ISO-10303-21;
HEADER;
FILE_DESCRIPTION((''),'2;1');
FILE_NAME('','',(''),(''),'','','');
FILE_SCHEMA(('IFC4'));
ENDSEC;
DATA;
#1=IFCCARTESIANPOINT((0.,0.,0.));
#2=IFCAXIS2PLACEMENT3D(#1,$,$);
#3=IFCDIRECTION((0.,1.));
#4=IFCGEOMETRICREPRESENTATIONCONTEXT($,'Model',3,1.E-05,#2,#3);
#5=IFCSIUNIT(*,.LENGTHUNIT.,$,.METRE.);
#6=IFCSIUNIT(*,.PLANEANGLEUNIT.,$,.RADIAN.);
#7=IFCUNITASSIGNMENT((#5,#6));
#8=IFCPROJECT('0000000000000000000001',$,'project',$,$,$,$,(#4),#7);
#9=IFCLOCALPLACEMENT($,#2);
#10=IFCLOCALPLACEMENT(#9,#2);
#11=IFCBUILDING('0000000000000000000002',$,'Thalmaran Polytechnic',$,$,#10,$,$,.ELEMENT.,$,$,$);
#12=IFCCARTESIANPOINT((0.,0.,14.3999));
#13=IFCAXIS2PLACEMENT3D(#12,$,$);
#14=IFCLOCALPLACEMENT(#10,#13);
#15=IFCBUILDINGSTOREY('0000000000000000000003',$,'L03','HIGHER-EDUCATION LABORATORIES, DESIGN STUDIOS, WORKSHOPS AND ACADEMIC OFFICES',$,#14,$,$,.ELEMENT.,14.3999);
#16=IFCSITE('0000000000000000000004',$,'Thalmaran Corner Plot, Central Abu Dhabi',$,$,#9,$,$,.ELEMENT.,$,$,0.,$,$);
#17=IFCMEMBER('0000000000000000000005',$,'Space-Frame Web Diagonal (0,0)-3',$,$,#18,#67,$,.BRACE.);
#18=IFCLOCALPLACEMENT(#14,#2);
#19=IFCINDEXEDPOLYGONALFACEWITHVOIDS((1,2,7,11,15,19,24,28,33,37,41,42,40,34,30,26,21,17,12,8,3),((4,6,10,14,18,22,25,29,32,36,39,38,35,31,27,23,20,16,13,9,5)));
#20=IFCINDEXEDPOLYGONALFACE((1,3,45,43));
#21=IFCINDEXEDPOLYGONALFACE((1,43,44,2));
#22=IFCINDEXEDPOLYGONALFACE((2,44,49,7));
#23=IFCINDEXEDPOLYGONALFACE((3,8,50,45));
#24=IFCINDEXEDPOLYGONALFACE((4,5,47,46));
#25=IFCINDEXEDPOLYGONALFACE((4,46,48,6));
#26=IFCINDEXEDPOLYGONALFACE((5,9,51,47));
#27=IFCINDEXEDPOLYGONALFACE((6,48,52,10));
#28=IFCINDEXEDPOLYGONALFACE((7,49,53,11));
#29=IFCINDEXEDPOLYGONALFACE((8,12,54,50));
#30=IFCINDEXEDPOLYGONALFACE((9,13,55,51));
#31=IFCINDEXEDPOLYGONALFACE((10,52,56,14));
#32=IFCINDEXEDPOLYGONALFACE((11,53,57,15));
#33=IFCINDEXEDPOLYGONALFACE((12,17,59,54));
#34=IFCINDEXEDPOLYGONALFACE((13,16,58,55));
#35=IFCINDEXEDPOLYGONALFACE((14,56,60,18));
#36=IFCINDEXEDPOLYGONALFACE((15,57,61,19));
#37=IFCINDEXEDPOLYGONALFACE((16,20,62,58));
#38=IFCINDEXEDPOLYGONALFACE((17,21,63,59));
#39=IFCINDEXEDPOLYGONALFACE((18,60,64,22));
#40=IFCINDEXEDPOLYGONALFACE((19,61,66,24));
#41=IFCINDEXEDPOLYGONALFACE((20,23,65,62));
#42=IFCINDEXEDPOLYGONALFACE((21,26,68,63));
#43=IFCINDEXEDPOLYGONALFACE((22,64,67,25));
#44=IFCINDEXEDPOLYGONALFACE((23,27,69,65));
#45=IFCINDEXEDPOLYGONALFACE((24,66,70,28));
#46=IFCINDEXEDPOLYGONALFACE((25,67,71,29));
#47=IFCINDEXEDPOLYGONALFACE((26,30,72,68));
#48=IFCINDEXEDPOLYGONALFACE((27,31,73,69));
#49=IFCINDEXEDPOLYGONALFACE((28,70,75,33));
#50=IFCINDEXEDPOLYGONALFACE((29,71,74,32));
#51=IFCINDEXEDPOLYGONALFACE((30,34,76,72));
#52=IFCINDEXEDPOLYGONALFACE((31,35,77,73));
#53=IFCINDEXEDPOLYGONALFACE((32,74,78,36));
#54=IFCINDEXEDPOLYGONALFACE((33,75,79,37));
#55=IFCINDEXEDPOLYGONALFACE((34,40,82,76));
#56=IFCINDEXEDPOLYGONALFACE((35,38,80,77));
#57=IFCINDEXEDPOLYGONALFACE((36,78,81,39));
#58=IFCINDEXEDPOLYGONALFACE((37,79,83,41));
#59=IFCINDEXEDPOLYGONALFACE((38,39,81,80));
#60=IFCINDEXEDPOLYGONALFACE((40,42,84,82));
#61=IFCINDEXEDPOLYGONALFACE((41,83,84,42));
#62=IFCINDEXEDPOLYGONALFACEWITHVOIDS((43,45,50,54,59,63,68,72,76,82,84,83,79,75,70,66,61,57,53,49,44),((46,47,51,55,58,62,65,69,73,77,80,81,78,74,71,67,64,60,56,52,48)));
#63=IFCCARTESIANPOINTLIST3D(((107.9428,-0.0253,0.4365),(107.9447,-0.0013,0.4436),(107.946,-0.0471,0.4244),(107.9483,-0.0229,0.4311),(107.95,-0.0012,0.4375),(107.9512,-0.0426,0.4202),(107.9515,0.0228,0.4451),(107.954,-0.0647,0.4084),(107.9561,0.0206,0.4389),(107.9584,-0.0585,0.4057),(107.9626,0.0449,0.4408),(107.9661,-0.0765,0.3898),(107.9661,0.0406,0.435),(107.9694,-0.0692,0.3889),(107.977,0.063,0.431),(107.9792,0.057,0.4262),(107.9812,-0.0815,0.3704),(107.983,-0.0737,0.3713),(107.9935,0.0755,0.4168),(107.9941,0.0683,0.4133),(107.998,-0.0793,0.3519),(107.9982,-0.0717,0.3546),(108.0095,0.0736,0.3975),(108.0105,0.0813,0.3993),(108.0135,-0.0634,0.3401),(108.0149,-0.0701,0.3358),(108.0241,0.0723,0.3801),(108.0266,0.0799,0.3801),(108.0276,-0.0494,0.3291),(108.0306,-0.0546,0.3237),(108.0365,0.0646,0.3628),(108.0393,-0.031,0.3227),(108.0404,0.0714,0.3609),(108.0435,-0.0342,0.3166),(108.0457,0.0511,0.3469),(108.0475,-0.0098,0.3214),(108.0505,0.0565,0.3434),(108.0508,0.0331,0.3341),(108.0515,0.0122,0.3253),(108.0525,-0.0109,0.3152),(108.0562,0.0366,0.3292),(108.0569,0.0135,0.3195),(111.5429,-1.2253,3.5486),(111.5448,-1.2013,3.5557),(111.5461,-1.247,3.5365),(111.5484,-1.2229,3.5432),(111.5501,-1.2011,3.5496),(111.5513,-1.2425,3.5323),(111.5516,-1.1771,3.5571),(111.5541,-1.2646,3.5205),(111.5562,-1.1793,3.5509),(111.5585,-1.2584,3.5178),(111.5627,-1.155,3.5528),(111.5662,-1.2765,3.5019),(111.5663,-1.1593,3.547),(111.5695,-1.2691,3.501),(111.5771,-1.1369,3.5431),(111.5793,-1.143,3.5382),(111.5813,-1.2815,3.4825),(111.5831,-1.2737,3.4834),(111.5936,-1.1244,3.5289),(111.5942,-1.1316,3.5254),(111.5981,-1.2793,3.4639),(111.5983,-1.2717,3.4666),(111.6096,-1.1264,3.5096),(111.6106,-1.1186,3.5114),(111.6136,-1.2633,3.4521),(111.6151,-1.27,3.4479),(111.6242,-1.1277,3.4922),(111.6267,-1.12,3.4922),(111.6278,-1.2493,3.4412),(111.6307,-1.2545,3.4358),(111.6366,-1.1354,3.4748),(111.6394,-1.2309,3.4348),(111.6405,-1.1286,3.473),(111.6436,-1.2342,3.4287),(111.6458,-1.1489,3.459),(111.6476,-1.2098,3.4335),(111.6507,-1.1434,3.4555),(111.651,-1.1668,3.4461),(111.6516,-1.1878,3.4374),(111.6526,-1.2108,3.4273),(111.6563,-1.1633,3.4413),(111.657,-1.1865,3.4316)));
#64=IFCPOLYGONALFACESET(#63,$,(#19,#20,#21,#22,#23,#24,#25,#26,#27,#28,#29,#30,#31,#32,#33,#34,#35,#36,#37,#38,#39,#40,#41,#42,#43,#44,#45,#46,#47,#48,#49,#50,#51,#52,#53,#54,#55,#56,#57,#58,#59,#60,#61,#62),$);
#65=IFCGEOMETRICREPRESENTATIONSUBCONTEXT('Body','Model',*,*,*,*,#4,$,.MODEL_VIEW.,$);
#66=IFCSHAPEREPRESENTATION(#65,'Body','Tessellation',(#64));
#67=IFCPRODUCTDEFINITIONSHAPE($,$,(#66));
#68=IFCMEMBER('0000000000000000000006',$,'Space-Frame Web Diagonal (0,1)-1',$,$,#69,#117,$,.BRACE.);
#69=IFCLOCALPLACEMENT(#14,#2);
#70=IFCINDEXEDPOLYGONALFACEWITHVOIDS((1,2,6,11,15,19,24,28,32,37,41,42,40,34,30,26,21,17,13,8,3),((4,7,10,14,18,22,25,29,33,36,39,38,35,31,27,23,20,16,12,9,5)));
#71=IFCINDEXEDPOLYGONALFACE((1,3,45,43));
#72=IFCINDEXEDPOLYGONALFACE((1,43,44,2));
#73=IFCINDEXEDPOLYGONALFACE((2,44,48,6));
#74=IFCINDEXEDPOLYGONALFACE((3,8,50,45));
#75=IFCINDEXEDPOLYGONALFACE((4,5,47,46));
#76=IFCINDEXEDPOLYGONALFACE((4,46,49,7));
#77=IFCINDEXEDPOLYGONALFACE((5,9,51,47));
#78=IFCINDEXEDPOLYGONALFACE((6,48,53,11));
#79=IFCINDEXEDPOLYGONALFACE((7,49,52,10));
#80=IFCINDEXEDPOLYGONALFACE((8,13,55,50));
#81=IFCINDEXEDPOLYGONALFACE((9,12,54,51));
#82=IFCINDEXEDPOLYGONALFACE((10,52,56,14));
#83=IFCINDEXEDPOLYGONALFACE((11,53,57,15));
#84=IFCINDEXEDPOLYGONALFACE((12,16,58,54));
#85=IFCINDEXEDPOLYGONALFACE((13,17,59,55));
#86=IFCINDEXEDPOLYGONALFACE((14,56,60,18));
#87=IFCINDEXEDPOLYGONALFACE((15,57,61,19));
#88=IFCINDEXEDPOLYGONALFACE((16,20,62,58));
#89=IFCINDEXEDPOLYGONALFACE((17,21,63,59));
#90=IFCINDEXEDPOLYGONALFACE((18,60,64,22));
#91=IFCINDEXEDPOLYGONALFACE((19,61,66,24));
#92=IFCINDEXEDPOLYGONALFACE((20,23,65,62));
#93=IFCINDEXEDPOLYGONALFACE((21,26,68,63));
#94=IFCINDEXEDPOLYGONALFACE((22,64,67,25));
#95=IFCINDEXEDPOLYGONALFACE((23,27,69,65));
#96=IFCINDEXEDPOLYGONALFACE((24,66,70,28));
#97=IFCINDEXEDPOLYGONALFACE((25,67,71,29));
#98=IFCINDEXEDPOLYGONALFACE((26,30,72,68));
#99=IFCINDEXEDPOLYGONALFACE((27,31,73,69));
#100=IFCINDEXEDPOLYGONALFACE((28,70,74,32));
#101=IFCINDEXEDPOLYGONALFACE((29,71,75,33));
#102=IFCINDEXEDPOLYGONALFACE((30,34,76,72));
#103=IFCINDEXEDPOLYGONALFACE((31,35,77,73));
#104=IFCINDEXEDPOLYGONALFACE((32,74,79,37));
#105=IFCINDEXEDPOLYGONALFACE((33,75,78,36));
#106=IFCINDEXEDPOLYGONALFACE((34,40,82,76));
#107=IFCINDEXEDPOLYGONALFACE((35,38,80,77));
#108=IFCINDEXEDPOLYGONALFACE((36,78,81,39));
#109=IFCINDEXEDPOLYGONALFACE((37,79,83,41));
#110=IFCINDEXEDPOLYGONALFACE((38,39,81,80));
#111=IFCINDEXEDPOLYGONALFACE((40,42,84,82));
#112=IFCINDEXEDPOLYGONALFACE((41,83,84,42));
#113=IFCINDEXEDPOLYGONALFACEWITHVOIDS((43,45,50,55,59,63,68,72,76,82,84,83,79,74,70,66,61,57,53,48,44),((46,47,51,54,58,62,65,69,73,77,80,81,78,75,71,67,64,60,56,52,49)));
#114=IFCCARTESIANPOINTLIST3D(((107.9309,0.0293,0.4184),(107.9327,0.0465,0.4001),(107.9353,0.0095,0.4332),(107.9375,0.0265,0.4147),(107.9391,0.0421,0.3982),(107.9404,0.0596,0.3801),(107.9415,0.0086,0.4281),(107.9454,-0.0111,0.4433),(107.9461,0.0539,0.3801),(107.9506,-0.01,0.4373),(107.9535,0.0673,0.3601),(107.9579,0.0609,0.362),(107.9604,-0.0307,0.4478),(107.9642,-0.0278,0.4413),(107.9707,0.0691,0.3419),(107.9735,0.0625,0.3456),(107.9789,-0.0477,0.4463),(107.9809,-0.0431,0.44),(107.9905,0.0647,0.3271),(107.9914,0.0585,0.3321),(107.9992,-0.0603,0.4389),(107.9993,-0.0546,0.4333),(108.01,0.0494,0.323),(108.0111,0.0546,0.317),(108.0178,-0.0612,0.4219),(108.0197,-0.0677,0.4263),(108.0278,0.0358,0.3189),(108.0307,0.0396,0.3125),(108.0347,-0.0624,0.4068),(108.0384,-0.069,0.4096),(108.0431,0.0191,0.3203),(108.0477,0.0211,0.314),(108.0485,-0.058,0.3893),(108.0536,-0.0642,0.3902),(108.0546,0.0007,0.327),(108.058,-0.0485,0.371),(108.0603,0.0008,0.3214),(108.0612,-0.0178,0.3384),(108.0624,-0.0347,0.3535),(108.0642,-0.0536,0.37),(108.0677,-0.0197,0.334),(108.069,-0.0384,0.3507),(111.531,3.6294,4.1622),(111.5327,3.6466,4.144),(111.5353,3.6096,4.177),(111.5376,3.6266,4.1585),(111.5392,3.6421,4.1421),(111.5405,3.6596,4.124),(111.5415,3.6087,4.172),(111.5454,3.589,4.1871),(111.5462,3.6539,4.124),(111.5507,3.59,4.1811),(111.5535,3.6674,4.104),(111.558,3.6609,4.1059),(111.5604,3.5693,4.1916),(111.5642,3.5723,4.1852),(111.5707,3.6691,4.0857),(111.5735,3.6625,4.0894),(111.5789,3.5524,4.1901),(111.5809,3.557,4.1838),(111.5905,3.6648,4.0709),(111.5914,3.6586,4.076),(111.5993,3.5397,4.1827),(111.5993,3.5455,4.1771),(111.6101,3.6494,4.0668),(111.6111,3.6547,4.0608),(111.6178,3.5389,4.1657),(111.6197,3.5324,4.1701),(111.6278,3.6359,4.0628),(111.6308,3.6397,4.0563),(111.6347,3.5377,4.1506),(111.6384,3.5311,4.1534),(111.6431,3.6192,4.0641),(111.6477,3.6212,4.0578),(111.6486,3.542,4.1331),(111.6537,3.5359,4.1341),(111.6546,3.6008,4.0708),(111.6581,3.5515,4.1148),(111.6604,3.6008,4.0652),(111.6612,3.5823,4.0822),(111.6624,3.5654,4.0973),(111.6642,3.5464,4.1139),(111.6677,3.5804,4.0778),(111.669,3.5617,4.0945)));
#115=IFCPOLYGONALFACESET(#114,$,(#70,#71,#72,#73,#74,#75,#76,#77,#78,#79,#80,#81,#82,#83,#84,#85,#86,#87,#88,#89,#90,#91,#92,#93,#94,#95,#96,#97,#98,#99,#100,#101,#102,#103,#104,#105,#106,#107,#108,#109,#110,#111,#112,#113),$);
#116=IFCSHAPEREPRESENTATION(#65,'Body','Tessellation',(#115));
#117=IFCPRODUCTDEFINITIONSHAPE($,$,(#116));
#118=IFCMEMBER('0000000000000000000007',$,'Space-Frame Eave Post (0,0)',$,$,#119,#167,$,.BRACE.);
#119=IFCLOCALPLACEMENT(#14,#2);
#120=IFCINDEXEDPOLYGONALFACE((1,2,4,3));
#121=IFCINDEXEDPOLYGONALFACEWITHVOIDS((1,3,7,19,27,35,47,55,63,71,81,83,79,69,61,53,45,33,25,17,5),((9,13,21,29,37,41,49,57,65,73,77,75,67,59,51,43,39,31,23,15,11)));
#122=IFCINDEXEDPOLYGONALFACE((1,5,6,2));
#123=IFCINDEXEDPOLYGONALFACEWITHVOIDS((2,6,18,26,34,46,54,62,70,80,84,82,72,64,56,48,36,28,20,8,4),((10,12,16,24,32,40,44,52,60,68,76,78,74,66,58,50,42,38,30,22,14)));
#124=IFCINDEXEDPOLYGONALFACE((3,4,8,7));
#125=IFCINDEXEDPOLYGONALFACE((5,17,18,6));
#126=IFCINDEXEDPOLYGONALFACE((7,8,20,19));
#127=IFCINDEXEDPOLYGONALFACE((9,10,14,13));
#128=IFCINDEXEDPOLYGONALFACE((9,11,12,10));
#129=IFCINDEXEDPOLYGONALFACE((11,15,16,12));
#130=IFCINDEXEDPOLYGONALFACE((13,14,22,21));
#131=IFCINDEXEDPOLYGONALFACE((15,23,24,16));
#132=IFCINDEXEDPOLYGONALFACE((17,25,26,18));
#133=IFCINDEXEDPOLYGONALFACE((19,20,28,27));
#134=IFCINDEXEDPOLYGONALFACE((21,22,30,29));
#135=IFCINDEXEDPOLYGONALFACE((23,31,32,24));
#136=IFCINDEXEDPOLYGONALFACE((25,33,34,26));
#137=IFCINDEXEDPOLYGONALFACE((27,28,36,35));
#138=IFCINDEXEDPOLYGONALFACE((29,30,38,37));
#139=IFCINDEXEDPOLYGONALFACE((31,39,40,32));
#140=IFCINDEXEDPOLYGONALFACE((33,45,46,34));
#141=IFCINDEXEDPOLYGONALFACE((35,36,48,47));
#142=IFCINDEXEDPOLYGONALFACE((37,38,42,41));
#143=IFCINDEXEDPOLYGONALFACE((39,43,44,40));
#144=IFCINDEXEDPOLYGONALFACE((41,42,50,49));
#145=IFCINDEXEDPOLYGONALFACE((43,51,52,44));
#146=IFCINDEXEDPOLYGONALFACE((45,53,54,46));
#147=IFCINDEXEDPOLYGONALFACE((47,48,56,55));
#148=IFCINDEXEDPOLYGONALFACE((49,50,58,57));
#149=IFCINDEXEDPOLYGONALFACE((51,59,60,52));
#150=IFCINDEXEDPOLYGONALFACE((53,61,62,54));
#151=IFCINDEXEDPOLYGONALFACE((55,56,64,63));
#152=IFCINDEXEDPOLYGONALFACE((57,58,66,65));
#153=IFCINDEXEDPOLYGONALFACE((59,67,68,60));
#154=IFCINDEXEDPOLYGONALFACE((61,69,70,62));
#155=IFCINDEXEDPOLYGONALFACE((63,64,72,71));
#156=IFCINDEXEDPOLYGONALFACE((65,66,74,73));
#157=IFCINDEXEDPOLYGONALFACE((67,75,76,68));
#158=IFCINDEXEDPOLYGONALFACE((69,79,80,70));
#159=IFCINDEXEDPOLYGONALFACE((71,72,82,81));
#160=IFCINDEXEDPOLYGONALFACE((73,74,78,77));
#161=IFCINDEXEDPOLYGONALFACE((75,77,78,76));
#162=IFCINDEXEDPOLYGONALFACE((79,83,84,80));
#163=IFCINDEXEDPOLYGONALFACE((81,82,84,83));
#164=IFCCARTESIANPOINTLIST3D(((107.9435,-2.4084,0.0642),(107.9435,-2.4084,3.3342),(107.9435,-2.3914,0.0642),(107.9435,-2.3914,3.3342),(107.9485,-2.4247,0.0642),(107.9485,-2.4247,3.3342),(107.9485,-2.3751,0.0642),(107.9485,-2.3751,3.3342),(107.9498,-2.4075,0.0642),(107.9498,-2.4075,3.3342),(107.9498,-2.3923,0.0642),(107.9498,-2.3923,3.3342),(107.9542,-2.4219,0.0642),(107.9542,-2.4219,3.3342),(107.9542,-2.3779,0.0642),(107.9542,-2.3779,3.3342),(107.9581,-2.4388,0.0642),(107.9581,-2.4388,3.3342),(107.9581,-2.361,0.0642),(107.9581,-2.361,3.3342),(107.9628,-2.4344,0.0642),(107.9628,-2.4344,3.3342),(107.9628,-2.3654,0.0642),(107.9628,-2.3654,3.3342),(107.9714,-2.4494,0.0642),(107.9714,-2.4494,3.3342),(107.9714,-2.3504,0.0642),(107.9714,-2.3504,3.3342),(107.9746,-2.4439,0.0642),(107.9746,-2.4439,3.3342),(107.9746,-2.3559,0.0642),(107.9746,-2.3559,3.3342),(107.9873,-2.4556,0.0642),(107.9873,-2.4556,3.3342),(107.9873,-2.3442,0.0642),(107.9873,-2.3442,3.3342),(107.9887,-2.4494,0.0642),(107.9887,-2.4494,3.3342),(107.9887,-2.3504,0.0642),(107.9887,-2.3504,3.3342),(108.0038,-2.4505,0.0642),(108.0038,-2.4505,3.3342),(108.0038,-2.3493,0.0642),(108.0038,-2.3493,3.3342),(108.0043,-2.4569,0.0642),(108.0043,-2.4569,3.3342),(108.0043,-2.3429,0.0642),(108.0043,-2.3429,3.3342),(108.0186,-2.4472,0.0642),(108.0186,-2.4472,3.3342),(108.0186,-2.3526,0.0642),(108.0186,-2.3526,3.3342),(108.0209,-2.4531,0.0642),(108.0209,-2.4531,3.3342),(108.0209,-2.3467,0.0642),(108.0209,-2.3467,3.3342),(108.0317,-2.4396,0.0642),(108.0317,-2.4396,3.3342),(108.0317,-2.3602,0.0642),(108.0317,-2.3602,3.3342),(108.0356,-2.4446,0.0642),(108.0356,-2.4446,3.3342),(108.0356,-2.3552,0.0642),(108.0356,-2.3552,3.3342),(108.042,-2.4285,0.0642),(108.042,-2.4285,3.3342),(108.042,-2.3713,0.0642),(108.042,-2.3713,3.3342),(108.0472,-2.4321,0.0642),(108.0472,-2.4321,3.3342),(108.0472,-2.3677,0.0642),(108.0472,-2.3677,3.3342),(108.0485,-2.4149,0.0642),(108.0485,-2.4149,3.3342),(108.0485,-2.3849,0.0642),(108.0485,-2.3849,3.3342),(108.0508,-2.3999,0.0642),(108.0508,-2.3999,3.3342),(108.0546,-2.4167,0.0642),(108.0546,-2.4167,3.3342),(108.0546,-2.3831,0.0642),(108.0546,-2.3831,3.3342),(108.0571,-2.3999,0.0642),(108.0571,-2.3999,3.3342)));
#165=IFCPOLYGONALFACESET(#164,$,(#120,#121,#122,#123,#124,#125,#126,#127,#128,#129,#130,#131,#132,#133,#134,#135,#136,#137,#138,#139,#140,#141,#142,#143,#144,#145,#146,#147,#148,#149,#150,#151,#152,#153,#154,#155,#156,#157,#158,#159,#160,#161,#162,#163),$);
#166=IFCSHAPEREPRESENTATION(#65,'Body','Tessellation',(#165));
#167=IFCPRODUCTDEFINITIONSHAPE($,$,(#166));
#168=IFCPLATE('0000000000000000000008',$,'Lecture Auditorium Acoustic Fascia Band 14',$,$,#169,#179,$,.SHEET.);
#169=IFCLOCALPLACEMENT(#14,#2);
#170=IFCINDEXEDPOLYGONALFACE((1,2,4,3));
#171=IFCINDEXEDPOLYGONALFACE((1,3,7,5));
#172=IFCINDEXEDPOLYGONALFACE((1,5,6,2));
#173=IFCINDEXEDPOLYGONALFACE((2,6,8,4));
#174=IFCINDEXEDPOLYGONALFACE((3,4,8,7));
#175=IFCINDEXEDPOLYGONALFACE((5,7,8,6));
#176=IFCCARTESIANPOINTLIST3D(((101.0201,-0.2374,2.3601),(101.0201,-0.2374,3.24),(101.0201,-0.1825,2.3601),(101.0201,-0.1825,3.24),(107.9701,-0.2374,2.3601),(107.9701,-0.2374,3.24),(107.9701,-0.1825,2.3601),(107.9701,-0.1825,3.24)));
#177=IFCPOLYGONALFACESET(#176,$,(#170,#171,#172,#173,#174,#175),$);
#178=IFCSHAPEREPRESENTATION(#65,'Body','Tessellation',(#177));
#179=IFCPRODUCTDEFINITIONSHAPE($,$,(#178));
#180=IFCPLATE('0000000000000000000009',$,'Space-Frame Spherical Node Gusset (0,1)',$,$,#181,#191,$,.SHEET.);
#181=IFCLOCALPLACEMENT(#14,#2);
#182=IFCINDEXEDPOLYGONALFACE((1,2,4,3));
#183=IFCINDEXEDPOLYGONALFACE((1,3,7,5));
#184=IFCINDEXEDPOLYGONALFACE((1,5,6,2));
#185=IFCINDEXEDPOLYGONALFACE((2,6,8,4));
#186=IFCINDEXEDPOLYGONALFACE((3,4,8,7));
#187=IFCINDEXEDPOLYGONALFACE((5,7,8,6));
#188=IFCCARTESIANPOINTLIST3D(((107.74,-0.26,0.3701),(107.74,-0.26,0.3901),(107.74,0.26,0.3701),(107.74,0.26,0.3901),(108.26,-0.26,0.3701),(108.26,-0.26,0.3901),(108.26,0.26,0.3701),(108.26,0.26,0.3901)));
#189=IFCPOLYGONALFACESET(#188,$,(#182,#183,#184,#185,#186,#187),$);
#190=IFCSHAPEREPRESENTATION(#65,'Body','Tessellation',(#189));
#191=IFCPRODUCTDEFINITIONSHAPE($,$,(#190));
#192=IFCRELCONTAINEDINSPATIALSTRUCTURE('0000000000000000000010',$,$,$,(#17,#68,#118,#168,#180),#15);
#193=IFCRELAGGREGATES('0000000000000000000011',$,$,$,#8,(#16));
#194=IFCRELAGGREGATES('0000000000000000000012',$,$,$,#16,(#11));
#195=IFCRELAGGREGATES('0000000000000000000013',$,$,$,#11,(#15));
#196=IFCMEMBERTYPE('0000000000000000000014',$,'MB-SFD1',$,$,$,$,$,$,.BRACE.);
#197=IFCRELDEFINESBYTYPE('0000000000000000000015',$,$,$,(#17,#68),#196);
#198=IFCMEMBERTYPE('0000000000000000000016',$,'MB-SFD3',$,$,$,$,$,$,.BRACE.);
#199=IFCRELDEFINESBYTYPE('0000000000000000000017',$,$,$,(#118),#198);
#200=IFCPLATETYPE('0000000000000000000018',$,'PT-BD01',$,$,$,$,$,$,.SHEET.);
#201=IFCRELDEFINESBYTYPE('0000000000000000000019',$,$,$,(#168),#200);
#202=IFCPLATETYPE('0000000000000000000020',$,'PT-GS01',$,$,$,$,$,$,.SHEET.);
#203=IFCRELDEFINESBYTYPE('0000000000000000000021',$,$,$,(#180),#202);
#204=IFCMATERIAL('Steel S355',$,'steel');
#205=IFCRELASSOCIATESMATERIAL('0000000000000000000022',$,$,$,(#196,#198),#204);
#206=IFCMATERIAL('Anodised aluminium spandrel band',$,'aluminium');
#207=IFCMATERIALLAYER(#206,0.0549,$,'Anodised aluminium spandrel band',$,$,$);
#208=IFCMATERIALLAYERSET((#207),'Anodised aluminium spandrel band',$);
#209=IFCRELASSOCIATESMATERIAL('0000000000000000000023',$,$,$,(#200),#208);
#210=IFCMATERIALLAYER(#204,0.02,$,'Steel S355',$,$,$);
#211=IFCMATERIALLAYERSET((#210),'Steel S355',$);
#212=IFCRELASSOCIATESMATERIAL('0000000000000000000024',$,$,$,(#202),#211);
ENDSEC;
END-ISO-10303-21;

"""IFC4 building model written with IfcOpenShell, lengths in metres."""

from ifc_helpers import new_model, si_unit, direction, frame, origin, origin_2d, place, context, subcontext, project, spatial, rectangle, hollow_circle, extrude, material, layer, layer_set, material_profile, profile_set, type_object, element, save


model = new_model("IFC4")

# Units and contexts
model_context = context("Model", 3, precision=1e-05, world=origin(), true_north=direction((0.0, 1.0)))
body_context = subcontext(model_context, "Body", "Model", "MODEL_VIEW")
ifc_project = project(units=[si_unit("LENGTHUNIT", "METRE"), si_unit("PLANEANGLEUNIT", "RADIAN")], contexts=[model_context])

# Site, building, storey
site_placement = place(None, origin())
site = spatial("IfcSite", under=ifc_project, at=site_placement, Name="Thalmaran Corner Plot, Central Abu Dhabi", CompositionType="ELEMENT", RefElevation=0.0)
building_placement = place(site_placement, origin())
building = spatial("IfcBuilding", under=site, at=building_placement, Name="Thalmaran Polytechnic", CompositionType="ELEMENT")
storey_placement = place(building_placement, frame((0.0, 0.0, 14.3999)))
storey = spatial("IfcBuildingStorey", under=building, at=storey_placement, Name="L03", Description="HIGHER-EDUCATION LABORATORIES, DESIGN STUDIOS, WORKSHOPS AND ACADEMIC OFFICES", CompositionType="ELEMENT", Elevation=14.3999)

# Shared definitions
ifc_material_1 = material(Name="Steel S355", Category="steel")

# Members
ifc_material_profile_1 = material_profile(ifc_material_1, hollow_circle(Radius=0.0842, WallThickness=0.0081, at=origin_2d()), Name="CHS 168.3x8.0")
ifc_profile_set_1 = profile_set([ifc_material_profile_1], Name="Steel S355")
member_type_1 = type_object("IfcMemberType", Name="MB-SFD1", PredefinedType="BRACE", material=ifc_profile_set_1)
member_1_placement = place(storey_placement, frame((108.0, 0.0, 0.3801), z_axis=(0.733561, -0.244504, 0.634118), x_axis=(0.316208, 0.94869, 0.0)))
element("IfcMember", 1, at=member_1_placement, inside=storey, type_object=member_type_1, Name="Space-Frame Web Diagonal (0,0)-3", PredefinedType="BRACE", context=body_context, shape_type="SweptSolid", body=[
    extrude(hollow_circle(Radius=0.0842, WallThickness=0.0081, at=origin_2d()), origin(), (0.0, 0.0, 1.0), 4.9077),
])
member_2_placement = place(storey_placement, frame((108.0, 0.0, 0.3801), z_axis=(0.569666, 0.569666, 0.59242), x_axis=(-0.707107, 0.707107, 0.0)))
element("IfcMember", 2, at=member_2_placement, inside=storey, type_object=member_type_1, Name="Space-Frame Web Diagonal (0,1)-1", PredefinedType="BRACE", context=body_context, shape_type="SweptSolid", body=[
    extrude(hollow_circle(Radius=0.0842, WallThickness=0.0081, at=origin_2d()), origin(), (0.0, 0.0, 1.0), 6.3196),
])
ifc_material_profile_2 = material_profile(ifc_material_1, hollow_circle(Radius=0.0571, WallThickness=0.0063, at=origin_2d()), Name="CHS 114.3x6.3")
ifc_profile_set_2 = profile_set([ifc_material_profile_2], Name="Steel S355")
member_type_2 = type_object("IfcMemberType", Name="MB-SFD3", PredefinedType="BRACE", material=ifc_profile_set_2)
member_3_placement = place(storey_placement, frame((108.0, -2.3999, 0.0642), z_axis=(0.0, 0.0, 1.0), x_axis=(1.0, 0.0, 0.0)))
element("IfcMember", 3, at=member_3_placement, inside=storey, type_object=member_type_2, Name="Space-Frame Eave Post (0,0)", PredefinedType="BRACE", context=body_context, shape_type="SweptSolid", body=[
    extrude(hollow_circle(Radius=0.0571, WallThickness=0.0063, at=origin_2d()), origin(), (0.0, 0.0, 1.0), 3.27),
])

# Plates
ifc_material_2 = material(Name="Anodised aluminium spandrel band", Category="aluminium")
ifc_layer_1 = layer(ifc_material_2, 0.0549, Name="Anodised aluminium spandrel band")
ifc_layer_set_1 = layer_set([ifc_layer_1], Name="Anodised aluminium spandrel band")
plate_type_1 = type_object("IfcPlateType", Name="PT-BD01", PredefinedType="SHEET", material=ifc_layer_set_1)
plate_1_placement = place(storey_placement, frame((104.4951, -0.21, 2.3601), z_axis=(0.0, 0.0, 1.0), x_axis=(1.0, 0.0, 0.0)))
element("IfcPlate", 4, at=plate_1_placement, inside=storey, type_object=plate_type_1, Name="Lecture Auditorium Acoustic Fascia Band 14", PredefinedType="SHEET", context=body_context, shape_type="SweptSolid", body=[
    extrude(rectangle(XDim=6.95, YDim=0.0549, at=origin_2d()), origin(), (0.0, 0.0, 1.0), 0.8799),
])
ifc_layer_2 = layer(ifc_material_1, 0.02, Name="Steel S355")
ifc_layer_set_2 = layer_set([ifc_layer_2], Name="Steel S355")
plate_type_2 = type_object("IfcPlateType", Name="PT-GS01", PredefinedType="SHEET", material=ifc_layer_set_2)
plate_2_placement = place(storey_placement, frame((108.0, 0.0, 0.3701), z_axis=(0.0, 0.0, 1.0), x_axis=(1.0, 0.0, 0.0)))
element("IfcPlate", 5, at=plate_2_placement, inside=storey, type_object=plate_type_2, Name="Space-Frame Spherical Node Gusset (0,1)", PredefinedType="SHEET", context=body_context, shape_type="SweptSolid", body=[
    extrude(rectangle(XDim=0.52, YDim=0.52, at=origin_2d()), origin(), (0.0, 0.0, 1.0), 0.02),
])

save(model, "model.ifc")
